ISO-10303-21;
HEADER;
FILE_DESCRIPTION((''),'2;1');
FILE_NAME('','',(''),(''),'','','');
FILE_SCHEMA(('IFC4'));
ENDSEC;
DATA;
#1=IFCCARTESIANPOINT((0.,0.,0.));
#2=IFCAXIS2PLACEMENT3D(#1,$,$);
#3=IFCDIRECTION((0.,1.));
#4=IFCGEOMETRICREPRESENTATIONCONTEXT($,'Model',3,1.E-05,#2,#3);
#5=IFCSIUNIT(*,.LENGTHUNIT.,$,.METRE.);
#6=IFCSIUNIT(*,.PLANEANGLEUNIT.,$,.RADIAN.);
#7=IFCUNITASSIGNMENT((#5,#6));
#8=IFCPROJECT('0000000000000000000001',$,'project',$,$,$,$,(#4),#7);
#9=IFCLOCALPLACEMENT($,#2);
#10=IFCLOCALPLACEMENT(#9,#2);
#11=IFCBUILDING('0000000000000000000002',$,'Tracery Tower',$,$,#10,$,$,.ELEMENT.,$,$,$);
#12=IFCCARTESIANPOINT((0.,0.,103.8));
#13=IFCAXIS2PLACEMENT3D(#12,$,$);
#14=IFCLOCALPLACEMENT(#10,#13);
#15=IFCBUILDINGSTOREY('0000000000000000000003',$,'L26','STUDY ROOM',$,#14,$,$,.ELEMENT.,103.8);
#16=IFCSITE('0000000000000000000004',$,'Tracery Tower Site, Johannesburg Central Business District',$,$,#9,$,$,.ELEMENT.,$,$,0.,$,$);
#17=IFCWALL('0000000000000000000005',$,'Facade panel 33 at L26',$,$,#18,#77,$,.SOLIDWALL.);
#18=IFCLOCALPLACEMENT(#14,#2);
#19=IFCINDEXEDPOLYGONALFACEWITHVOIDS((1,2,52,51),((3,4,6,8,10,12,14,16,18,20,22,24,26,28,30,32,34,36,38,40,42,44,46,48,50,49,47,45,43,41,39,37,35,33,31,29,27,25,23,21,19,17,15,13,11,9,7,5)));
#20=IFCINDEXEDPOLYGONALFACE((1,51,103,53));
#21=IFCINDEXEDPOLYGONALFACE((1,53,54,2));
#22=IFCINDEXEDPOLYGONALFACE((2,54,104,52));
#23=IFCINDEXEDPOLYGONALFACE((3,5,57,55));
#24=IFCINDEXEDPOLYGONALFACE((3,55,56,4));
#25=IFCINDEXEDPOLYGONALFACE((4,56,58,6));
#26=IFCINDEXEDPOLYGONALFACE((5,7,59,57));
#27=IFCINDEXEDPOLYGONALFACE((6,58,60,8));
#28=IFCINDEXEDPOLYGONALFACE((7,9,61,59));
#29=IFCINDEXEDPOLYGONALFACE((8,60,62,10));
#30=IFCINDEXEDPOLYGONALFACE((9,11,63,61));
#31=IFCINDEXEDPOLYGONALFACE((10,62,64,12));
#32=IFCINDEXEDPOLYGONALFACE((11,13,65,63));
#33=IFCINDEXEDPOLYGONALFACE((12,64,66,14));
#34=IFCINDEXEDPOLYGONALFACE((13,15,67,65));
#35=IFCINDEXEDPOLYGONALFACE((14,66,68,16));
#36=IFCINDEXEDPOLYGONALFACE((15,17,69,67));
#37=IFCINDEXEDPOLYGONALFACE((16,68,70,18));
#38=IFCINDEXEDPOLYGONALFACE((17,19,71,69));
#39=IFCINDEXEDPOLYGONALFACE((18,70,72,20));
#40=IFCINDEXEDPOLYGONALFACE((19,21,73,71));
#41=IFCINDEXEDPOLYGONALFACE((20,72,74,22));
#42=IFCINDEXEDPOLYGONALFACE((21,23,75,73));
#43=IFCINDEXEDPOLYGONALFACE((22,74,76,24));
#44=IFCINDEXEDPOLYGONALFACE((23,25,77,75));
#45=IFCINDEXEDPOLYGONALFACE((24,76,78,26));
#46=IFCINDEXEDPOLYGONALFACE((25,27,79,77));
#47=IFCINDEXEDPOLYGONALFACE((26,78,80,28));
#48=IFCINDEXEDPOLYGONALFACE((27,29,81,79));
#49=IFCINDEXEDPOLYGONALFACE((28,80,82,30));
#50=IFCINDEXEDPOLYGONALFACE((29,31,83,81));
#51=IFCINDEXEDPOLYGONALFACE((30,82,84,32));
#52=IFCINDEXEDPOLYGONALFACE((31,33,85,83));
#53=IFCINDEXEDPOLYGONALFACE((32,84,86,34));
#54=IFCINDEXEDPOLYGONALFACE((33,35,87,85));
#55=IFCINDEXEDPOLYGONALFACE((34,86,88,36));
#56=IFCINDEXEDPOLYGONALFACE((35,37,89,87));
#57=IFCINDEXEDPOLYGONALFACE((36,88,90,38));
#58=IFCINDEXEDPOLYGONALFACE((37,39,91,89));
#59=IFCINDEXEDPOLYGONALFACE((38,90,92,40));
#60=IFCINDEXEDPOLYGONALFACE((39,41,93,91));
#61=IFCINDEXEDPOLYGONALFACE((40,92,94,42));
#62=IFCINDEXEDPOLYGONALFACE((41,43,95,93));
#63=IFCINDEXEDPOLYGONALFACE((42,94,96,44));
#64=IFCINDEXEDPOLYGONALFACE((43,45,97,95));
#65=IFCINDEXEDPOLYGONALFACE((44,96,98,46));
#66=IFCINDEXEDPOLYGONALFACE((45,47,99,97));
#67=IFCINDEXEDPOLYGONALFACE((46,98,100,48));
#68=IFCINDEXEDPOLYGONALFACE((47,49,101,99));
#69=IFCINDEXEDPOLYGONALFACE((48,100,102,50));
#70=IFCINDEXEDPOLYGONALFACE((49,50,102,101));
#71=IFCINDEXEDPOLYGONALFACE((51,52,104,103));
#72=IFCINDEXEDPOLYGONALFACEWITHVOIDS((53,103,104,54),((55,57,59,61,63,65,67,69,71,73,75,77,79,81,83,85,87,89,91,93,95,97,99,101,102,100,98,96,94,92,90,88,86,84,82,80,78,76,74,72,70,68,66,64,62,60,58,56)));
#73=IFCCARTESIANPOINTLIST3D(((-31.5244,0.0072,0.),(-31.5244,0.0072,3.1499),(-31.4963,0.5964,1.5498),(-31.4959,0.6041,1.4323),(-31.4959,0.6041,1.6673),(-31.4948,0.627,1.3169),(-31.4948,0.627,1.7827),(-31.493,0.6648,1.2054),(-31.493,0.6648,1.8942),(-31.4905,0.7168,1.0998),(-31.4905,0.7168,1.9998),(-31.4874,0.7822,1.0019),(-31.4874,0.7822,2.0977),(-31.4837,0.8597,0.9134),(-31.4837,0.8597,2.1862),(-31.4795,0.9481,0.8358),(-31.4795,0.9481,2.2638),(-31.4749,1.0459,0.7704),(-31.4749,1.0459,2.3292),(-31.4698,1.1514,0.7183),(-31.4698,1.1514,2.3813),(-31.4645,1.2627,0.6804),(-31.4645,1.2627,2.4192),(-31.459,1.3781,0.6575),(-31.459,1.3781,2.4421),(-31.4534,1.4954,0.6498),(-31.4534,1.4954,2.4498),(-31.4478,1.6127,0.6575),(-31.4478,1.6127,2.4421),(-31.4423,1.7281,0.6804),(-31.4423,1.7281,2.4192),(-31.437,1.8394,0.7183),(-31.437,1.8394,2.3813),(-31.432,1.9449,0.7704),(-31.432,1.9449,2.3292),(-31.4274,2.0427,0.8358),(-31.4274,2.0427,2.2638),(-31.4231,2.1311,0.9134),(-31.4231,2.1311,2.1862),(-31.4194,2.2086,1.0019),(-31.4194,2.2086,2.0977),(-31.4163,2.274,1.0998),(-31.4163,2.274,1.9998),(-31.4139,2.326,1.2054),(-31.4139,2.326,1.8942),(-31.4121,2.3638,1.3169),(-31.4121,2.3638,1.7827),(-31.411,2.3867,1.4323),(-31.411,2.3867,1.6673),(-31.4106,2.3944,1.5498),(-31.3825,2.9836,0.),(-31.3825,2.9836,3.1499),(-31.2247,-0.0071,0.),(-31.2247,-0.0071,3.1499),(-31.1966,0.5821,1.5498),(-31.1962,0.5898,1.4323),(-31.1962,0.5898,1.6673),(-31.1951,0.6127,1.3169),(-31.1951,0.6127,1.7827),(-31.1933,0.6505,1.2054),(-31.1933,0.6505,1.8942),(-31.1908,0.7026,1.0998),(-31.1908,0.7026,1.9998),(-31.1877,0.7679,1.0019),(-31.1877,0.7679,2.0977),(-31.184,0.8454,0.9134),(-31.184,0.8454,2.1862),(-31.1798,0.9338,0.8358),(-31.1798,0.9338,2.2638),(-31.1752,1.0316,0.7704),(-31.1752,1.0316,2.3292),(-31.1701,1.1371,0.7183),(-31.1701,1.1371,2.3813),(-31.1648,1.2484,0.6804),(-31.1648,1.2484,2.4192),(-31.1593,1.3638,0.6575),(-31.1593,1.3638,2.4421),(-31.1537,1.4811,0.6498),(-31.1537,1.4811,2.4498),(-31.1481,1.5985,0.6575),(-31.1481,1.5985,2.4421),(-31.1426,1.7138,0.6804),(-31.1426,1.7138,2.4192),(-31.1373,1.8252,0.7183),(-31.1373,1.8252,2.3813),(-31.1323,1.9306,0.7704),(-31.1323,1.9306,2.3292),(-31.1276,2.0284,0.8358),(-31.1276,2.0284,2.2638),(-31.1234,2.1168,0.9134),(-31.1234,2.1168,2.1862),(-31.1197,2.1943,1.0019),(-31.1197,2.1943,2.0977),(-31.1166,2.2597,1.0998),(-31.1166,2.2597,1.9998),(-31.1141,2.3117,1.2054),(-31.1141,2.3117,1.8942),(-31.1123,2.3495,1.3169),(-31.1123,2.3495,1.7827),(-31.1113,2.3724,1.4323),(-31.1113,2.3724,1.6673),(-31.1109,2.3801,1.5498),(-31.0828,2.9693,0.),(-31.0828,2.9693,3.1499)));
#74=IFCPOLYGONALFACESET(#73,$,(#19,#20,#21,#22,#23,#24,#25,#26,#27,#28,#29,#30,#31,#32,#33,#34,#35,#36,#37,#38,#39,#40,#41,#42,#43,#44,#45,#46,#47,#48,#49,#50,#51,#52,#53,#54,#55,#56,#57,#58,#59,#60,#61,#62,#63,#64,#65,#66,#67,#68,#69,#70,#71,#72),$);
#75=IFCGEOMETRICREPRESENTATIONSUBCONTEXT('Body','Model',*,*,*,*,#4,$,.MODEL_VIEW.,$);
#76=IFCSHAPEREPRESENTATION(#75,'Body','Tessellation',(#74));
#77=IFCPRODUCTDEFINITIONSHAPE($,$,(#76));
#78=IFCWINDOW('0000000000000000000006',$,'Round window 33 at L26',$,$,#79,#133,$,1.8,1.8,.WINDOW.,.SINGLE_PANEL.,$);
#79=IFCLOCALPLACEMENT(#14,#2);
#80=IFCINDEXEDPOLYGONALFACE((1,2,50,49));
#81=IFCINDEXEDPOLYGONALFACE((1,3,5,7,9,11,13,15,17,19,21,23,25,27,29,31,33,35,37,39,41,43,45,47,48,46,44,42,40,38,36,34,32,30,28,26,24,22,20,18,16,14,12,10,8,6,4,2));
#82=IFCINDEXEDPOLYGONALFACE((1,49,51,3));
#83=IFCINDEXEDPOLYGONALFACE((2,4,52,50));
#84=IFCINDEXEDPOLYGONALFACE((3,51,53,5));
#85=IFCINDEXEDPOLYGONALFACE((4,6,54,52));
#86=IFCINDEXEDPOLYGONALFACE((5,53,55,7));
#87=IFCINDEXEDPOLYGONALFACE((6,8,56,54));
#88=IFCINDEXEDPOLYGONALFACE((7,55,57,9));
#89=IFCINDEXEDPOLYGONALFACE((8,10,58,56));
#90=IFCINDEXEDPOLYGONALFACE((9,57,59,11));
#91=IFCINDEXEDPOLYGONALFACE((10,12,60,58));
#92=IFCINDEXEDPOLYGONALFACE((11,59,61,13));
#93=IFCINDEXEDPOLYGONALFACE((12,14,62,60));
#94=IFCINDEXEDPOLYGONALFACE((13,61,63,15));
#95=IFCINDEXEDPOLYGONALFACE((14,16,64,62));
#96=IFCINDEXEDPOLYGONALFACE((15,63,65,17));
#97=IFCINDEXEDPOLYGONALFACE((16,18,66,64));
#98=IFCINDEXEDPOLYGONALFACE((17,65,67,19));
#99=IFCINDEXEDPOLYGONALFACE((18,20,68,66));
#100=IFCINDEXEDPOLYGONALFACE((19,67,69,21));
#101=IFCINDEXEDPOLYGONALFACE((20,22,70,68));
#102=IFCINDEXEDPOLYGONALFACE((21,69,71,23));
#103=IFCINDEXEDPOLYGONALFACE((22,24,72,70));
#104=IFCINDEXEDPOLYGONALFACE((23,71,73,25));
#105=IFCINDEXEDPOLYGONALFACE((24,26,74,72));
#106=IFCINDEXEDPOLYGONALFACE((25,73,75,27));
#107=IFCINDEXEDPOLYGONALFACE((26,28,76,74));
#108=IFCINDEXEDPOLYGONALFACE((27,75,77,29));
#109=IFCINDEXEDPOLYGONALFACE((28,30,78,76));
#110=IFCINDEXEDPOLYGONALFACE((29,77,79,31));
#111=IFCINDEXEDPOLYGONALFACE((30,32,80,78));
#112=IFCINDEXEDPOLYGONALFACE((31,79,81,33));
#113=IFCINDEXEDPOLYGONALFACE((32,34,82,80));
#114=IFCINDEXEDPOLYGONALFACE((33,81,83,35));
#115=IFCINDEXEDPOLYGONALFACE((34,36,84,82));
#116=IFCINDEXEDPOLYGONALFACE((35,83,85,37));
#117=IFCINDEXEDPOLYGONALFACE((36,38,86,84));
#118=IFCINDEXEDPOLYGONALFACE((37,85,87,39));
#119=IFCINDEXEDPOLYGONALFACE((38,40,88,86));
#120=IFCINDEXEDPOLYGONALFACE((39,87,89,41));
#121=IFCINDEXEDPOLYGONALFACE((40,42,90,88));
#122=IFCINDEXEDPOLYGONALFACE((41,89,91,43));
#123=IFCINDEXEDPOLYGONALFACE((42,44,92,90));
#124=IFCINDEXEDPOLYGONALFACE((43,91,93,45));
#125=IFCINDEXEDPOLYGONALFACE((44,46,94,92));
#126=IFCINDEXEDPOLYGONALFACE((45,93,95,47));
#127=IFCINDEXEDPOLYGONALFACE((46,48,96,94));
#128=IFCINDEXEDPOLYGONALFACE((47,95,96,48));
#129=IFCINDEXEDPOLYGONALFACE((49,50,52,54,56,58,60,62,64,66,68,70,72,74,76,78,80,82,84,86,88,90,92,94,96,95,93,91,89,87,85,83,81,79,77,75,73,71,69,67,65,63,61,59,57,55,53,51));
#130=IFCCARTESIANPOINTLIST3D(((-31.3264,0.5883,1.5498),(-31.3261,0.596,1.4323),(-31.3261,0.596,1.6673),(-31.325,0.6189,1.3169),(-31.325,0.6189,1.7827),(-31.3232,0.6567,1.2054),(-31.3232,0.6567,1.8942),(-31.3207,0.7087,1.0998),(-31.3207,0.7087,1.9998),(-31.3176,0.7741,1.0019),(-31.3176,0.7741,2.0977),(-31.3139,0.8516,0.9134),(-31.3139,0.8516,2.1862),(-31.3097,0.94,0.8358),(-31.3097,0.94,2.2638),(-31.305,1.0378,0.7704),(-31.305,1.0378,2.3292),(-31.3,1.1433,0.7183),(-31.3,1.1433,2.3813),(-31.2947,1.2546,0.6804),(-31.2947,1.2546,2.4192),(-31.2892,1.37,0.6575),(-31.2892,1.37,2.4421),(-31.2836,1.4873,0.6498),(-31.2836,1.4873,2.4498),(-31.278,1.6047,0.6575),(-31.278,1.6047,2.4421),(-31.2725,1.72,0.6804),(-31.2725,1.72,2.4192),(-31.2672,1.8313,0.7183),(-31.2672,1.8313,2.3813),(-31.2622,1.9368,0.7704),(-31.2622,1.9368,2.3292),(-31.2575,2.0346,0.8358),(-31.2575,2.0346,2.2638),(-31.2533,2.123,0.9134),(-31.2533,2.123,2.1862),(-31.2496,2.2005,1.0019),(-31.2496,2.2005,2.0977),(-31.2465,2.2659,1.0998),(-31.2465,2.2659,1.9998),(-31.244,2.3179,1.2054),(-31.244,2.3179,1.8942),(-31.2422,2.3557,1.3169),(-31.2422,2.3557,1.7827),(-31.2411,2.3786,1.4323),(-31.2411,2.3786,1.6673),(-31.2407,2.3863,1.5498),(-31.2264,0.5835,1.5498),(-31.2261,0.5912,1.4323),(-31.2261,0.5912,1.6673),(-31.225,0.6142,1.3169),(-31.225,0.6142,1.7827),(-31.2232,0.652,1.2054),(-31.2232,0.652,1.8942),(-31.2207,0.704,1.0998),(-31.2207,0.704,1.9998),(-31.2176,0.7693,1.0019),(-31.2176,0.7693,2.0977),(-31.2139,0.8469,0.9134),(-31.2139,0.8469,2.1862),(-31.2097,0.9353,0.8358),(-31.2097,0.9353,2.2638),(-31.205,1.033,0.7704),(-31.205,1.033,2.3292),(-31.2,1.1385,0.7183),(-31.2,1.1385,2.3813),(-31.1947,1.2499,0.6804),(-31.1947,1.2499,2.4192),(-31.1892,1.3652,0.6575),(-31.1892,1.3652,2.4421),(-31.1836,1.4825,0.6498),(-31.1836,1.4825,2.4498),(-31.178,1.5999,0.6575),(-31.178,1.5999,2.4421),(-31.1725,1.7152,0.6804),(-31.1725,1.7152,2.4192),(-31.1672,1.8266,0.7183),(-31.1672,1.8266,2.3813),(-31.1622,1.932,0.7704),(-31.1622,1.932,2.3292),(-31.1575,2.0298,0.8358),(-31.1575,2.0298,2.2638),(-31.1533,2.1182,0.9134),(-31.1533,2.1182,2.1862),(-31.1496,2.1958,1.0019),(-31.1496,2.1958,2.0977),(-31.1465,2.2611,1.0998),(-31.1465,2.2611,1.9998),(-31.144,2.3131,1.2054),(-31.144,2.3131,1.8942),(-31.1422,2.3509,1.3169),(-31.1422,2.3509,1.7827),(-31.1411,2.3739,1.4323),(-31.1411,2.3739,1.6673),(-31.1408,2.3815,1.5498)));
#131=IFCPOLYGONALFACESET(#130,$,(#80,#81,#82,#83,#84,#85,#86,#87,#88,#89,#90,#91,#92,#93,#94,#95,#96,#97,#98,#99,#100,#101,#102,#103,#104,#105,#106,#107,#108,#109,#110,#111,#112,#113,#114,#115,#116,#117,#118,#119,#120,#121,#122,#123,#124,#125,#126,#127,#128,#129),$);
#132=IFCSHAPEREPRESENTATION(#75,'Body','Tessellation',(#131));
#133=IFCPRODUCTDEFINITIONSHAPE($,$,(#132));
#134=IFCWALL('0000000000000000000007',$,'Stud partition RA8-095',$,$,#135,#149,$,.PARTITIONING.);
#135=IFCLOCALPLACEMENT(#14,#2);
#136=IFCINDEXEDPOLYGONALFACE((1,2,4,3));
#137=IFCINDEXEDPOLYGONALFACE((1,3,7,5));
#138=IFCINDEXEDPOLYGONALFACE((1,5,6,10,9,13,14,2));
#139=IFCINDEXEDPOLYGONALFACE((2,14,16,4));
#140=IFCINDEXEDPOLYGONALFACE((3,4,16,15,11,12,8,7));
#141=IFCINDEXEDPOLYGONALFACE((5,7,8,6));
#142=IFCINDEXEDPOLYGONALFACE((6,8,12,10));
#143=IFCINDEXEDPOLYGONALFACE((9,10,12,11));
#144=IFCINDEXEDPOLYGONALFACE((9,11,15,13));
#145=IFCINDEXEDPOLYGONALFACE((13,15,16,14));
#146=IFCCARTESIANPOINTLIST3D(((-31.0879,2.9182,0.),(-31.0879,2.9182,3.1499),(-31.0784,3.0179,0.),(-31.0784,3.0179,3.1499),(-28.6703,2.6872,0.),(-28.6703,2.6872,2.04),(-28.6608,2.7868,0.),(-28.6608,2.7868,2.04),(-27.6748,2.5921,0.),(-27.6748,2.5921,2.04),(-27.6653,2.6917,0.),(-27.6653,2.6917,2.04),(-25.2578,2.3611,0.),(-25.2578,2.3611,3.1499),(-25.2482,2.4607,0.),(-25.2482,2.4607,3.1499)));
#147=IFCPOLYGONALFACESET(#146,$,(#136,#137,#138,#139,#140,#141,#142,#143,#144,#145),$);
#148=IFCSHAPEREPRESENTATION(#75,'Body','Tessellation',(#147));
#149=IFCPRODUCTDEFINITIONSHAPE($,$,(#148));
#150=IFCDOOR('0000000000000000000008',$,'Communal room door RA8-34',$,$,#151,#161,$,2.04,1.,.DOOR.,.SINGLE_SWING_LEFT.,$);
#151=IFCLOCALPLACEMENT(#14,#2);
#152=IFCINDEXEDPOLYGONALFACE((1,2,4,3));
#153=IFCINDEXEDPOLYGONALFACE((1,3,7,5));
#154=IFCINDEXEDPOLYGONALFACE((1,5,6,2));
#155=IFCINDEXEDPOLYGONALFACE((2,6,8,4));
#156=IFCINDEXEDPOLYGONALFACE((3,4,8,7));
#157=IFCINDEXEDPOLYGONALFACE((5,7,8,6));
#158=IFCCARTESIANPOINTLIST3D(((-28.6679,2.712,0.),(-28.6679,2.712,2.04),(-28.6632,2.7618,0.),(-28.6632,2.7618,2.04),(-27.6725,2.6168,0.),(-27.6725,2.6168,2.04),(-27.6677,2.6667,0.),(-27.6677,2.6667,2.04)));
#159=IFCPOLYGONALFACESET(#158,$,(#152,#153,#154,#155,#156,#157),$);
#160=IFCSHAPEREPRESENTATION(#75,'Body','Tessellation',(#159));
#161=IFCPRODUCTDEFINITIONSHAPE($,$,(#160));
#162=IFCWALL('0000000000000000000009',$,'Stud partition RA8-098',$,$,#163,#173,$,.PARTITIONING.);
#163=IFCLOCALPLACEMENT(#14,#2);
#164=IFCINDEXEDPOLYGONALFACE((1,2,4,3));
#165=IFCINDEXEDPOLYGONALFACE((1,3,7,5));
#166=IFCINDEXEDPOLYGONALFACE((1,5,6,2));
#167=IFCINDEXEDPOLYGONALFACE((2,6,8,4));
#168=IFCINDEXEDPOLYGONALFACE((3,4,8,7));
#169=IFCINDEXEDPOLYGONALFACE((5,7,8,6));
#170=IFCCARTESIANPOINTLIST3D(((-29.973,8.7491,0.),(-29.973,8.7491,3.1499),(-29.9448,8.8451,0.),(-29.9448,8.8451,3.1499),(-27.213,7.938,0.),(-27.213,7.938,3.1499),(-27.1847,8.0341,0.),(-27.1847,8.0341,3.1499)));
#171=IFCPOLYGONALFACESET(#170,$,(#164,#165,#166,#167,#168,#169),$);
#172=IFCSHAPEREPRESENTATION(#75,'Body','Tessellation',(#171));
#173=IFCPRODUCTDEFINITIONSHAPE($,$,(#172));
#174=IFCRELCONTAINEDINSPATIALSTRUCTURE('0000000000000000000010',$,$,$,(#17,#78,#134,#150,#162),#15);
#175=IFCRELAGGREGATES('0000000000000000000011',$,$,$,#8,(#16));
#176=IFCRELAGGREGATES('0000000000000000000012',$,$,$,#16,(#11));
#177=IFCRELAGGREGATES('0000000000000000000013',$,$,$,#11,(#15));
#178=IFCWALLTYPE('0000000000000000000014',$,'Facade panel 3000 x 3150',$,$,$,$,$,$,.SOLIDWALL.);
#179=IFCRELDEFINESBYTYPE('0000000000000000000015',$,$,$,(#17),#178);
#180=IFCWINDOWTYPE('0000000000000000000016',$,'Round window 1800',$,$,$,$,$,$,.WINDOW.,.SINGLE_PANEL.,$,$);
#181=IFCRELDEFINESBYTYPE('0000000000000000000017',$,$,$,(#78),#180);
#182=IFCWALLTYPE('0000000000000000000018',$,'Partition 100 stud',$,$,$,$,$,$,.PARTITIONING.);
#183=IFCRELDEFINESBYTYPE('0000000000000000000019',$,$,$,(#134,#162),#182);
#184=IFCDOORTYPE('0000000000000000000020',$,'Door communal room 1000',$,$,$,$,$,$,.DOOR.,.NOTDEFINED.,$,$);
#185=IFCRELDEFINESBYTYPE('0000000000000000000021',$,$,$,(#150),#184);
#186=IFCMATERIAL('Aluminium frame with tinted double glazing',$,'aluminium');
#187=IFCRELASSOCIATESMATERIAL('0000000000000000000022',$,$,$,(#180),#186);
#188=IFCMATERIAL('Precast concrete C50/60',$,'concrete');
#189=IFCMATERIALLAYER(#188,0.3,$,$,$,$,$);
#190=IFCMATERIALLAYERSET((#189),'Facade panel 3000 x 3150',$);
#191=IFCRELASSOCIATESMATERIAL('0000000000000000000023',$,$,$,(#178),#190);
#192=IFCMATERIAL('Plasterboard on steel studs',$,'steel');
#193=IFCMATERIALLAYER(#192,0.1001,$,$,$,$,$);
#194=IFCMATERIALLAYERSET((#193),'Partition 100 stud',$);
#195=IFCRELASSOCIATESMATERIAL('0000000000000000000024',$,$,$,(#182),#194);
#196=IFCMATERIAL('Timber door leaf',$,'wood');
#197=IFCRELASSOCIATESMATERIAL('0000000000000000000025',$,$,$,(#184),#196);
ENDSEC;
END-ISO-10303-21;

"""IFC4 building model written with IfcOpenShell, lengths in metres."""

from ifc_helpers import new_model, si_unit, direction, frame, frame_2d, origin, origin_2d, place, context, subcontext, project, spatial, rectangle, circle, extrude, material, layer, layer_set, type_object, element, fill, save


model = new_model("IFC4")

# Units and contexts
model_context = context("Model", 3, precision=1e-05, world=origin(), true_north=direction((0.0, 1.0)))
body_context = subcontext(model_context, "Body", "Model", "MODEL_VIEW")
ifc_project = project(units=[si_unit("LENGTHUNIT", "METRE"), si_unit("PLANEANGLEUNIT", "RADIAN")], contexts=[model_context])

# Site, building, storey
site_placement = place(None, origin())
site = spatial("IfcSite", under=ifc_project, at=site_placement, Name="Tracery Tower Site, Johannesburg Central Business District", CompositionType="ELEMENT", RefElevation=0.0)
building_placement = place(site_placement, origin())
building = spatial("IfcBuilding", under=site, at=building_placement, Name="Tracery Tower", CompositionType="ELEMENT")
storey_placement = place(building_placement, frame((0.0, 0.0, 103.8)))
storey = spatial("IfcBuildingStorey", under=building, at=storey_placement, Name="L26", Description="STUDY ROOM", CompositionType="ELEMENT", Elevation=103.8)

# Wall, opening, window
ifc_material_1 = material(Name="Aluminium frame with tinted double glazing", Category="aluminium")
window_type = type_object("IfcWindowType", Name="Round window 1800", PartitioningType="SINGLE_PANEL", PredefinedType="WINDOW", material=ifc_material_1)
ifc_material_2 = material(Name="Precast concrete C50/60", Category="concrete")
ifc_layer_1 = layer(ifc_material_2, 0.3)
ifc_layer_set_1 = layer_set([ifc_layer_1], Name="Facade panel 3000 x 3150")
wall_type_1 = type_object("IfcWallType", Name="Facade panel 3000 x 3150", PredefinedType="SOLIDWALL", material=ifc_layer_set_1)
wall_1_placement = place(storey_placement, frame((-31.2327, 2.9763, 0.0), z_axis=(0.0, 0.0, 1.0), x_axis=(-0.047604, -0.998866, 0.0)))
wall_1 = element("IfcWall", 1, at=wall_1_placement, inside=storey, type_object=wall_type_1, Name="Facade panel 33 at L26", PredefinedType="SOLIDWALL", context=body_context, shape_type="SweptSolid", body=[
    extrude(rectangle(XDim=2.9797, YDim=0.3, at=frame_2d((1.4897, 0.0))), origin(), (0.0, 0.0, 1.0), 3.1499),
])
opening_1_placement = place(wall_1_placement, frame((1.4897, 0.0, 1.5498)))
opening_1 = element("IfcOpeningElement", 2, at=opening_1_placement, cuts=wall_1, PredefinedType="OPENING", context=body_context, shape_type="SweptSolid", body=[
    extrude(circle(Radius=0.9, at=origin_2d()), frame((0.0, 0.1599, 0.0), z_axis=(0.0, -1.0, 0.0), x_axis=(1.0, 0.0, 0.0)), (0.0, 0.0, 1.0), 0.3201),
])
window_1_placement = place(opening_1_placement, origin())
window_1 = element("IfcWindow", 3, at=window_1_placement, inside=storey, type_object=window_type, Name="Round window 33 at L26", OverallHeight=1.8, OverallWidth=1.8, PartitioningType="SINGLE_PANEL", PredefinedType="WINDOW", context=body_context, shape_type="SweptSolid", body=[
    extrude(circle(Radius=0.9, at=origin_2d()), frame((0.0, 0.1201, 0.0), z_axis=(0.0, -1.0, 0.0), x_axis=(1.0, 0.0, 0.0)), (0.0, 0.0, 1.0), 0.1001),
])
fill(opening_1, window_1)

# Wall, opening, door
ifc_material_3 = material(Name="Plasterboard on steel studs", Category="steel")
ifc_layer_2 = layer(ifc_material_3, 0.1001)
ifc_layer_set_2 = layer_set([ifc_layer_2], Name="Partition 100 stud")
wall_type_2 = type_object("IfcWallType", Name="Partition 100 stud", PredefinedType="PARTITIONING", material=ifc_layer_set_2)
wall_2_placement = place(storey_placement, frame((-31.083, 2.968, 0.0), z_axis=(0.0, 0.0, 1.0), x_axis=(0.995465, -0.095128, 0.0)))
wall_2 = element("IfcWall", 4, at=wall_2_placement, inside=storey, type_object=wall_type_2, Name="Stud partition RA8-095", PredefinedType="PARTITIONING", context=body_context, shape_type="SweptSolid", body=[
    extrude(rectangle(XDim=5.8567, YDim=0.1001, at=frame_2d((2.9282, 0.0))), origin(), (0.0, 0.0, 1.0), 3.1499),
])
opening_2_placement = place(wall_2_placement, frame((2.4285, 0.0, 0.0)))
opening_2 = element("IfcOpeningElement", 5, at=opening_2_placement, cuts=wall_2, PredefinedType="OPENING", context=body_context, shape_type="SweptSolid", body=[
    extrude(rectangle(XDim=1.0, YDim=2.04, at=frame_2d((0.5, 1.02))), frame((0.0, 0.05, 0.0), z_axis=(0.0, -1.0, 0.0), x_axis=(1.0, 0.0, 0.0)), (0.0, 0.0, 1.0), 0.1001),
])
ifc_material_4 = material(Name="Timber door leaf", Category="wood")
door_type_1 = type_object("IfcDoorType", Name="Door communal room 1000", OperationType="NOTDEFINED", PredefinedType="DOOR", material=ifc_material_4)
door_1_placement = place(opening_2_placement, origin())
door_1 = element("IfcDoor", 6, at=door_1_placement, inside=storey, type_object=door_type_1, Name="Communal room door RA8-34", OperationType="SINGLE_SWING_LEFT", OverallHeight=2.04, OverallWidth=1.0, PredefinedType="DOOR", context=body_context, shape_type="SweptSolid", body=[
    extrude(rectangle(XDim=1.0, YDim=2.04, at=frame_2d((0.5, 1.02))), frame((0.0, 0.0249, 0.0), z_axis=(0.0, -1.0, 0.0), x_axis=(1.0, 0.0, 0.0)), (0.0, 0.0, 1.0), 0.05),
])
fill(opening_2, door_1)

# Wall
wall_3_placement = place(storey_placement, frame((-29.959, 8.7971, 0.0), z_axis=(0.0, 0.0, 1.0), x_axis=(0.959434, -0.281932, 0.0)))
element("IfcWall", 7, at=wall_3_placement, inside=storey, type_object=wall_type_2, Name="Stud partition RA8-098", PredefinedType="PARTITIONING", context=body_context, shape_type="SweptSolid", body=[
    extrude(rectangle(XDim=2.8767, YDim=0.1001, at=frame_2d((1.4385, 0.0))), origin(), (0.0, 0.0, 1.0), 3.1499),
])

save(model, "model.ifc")
